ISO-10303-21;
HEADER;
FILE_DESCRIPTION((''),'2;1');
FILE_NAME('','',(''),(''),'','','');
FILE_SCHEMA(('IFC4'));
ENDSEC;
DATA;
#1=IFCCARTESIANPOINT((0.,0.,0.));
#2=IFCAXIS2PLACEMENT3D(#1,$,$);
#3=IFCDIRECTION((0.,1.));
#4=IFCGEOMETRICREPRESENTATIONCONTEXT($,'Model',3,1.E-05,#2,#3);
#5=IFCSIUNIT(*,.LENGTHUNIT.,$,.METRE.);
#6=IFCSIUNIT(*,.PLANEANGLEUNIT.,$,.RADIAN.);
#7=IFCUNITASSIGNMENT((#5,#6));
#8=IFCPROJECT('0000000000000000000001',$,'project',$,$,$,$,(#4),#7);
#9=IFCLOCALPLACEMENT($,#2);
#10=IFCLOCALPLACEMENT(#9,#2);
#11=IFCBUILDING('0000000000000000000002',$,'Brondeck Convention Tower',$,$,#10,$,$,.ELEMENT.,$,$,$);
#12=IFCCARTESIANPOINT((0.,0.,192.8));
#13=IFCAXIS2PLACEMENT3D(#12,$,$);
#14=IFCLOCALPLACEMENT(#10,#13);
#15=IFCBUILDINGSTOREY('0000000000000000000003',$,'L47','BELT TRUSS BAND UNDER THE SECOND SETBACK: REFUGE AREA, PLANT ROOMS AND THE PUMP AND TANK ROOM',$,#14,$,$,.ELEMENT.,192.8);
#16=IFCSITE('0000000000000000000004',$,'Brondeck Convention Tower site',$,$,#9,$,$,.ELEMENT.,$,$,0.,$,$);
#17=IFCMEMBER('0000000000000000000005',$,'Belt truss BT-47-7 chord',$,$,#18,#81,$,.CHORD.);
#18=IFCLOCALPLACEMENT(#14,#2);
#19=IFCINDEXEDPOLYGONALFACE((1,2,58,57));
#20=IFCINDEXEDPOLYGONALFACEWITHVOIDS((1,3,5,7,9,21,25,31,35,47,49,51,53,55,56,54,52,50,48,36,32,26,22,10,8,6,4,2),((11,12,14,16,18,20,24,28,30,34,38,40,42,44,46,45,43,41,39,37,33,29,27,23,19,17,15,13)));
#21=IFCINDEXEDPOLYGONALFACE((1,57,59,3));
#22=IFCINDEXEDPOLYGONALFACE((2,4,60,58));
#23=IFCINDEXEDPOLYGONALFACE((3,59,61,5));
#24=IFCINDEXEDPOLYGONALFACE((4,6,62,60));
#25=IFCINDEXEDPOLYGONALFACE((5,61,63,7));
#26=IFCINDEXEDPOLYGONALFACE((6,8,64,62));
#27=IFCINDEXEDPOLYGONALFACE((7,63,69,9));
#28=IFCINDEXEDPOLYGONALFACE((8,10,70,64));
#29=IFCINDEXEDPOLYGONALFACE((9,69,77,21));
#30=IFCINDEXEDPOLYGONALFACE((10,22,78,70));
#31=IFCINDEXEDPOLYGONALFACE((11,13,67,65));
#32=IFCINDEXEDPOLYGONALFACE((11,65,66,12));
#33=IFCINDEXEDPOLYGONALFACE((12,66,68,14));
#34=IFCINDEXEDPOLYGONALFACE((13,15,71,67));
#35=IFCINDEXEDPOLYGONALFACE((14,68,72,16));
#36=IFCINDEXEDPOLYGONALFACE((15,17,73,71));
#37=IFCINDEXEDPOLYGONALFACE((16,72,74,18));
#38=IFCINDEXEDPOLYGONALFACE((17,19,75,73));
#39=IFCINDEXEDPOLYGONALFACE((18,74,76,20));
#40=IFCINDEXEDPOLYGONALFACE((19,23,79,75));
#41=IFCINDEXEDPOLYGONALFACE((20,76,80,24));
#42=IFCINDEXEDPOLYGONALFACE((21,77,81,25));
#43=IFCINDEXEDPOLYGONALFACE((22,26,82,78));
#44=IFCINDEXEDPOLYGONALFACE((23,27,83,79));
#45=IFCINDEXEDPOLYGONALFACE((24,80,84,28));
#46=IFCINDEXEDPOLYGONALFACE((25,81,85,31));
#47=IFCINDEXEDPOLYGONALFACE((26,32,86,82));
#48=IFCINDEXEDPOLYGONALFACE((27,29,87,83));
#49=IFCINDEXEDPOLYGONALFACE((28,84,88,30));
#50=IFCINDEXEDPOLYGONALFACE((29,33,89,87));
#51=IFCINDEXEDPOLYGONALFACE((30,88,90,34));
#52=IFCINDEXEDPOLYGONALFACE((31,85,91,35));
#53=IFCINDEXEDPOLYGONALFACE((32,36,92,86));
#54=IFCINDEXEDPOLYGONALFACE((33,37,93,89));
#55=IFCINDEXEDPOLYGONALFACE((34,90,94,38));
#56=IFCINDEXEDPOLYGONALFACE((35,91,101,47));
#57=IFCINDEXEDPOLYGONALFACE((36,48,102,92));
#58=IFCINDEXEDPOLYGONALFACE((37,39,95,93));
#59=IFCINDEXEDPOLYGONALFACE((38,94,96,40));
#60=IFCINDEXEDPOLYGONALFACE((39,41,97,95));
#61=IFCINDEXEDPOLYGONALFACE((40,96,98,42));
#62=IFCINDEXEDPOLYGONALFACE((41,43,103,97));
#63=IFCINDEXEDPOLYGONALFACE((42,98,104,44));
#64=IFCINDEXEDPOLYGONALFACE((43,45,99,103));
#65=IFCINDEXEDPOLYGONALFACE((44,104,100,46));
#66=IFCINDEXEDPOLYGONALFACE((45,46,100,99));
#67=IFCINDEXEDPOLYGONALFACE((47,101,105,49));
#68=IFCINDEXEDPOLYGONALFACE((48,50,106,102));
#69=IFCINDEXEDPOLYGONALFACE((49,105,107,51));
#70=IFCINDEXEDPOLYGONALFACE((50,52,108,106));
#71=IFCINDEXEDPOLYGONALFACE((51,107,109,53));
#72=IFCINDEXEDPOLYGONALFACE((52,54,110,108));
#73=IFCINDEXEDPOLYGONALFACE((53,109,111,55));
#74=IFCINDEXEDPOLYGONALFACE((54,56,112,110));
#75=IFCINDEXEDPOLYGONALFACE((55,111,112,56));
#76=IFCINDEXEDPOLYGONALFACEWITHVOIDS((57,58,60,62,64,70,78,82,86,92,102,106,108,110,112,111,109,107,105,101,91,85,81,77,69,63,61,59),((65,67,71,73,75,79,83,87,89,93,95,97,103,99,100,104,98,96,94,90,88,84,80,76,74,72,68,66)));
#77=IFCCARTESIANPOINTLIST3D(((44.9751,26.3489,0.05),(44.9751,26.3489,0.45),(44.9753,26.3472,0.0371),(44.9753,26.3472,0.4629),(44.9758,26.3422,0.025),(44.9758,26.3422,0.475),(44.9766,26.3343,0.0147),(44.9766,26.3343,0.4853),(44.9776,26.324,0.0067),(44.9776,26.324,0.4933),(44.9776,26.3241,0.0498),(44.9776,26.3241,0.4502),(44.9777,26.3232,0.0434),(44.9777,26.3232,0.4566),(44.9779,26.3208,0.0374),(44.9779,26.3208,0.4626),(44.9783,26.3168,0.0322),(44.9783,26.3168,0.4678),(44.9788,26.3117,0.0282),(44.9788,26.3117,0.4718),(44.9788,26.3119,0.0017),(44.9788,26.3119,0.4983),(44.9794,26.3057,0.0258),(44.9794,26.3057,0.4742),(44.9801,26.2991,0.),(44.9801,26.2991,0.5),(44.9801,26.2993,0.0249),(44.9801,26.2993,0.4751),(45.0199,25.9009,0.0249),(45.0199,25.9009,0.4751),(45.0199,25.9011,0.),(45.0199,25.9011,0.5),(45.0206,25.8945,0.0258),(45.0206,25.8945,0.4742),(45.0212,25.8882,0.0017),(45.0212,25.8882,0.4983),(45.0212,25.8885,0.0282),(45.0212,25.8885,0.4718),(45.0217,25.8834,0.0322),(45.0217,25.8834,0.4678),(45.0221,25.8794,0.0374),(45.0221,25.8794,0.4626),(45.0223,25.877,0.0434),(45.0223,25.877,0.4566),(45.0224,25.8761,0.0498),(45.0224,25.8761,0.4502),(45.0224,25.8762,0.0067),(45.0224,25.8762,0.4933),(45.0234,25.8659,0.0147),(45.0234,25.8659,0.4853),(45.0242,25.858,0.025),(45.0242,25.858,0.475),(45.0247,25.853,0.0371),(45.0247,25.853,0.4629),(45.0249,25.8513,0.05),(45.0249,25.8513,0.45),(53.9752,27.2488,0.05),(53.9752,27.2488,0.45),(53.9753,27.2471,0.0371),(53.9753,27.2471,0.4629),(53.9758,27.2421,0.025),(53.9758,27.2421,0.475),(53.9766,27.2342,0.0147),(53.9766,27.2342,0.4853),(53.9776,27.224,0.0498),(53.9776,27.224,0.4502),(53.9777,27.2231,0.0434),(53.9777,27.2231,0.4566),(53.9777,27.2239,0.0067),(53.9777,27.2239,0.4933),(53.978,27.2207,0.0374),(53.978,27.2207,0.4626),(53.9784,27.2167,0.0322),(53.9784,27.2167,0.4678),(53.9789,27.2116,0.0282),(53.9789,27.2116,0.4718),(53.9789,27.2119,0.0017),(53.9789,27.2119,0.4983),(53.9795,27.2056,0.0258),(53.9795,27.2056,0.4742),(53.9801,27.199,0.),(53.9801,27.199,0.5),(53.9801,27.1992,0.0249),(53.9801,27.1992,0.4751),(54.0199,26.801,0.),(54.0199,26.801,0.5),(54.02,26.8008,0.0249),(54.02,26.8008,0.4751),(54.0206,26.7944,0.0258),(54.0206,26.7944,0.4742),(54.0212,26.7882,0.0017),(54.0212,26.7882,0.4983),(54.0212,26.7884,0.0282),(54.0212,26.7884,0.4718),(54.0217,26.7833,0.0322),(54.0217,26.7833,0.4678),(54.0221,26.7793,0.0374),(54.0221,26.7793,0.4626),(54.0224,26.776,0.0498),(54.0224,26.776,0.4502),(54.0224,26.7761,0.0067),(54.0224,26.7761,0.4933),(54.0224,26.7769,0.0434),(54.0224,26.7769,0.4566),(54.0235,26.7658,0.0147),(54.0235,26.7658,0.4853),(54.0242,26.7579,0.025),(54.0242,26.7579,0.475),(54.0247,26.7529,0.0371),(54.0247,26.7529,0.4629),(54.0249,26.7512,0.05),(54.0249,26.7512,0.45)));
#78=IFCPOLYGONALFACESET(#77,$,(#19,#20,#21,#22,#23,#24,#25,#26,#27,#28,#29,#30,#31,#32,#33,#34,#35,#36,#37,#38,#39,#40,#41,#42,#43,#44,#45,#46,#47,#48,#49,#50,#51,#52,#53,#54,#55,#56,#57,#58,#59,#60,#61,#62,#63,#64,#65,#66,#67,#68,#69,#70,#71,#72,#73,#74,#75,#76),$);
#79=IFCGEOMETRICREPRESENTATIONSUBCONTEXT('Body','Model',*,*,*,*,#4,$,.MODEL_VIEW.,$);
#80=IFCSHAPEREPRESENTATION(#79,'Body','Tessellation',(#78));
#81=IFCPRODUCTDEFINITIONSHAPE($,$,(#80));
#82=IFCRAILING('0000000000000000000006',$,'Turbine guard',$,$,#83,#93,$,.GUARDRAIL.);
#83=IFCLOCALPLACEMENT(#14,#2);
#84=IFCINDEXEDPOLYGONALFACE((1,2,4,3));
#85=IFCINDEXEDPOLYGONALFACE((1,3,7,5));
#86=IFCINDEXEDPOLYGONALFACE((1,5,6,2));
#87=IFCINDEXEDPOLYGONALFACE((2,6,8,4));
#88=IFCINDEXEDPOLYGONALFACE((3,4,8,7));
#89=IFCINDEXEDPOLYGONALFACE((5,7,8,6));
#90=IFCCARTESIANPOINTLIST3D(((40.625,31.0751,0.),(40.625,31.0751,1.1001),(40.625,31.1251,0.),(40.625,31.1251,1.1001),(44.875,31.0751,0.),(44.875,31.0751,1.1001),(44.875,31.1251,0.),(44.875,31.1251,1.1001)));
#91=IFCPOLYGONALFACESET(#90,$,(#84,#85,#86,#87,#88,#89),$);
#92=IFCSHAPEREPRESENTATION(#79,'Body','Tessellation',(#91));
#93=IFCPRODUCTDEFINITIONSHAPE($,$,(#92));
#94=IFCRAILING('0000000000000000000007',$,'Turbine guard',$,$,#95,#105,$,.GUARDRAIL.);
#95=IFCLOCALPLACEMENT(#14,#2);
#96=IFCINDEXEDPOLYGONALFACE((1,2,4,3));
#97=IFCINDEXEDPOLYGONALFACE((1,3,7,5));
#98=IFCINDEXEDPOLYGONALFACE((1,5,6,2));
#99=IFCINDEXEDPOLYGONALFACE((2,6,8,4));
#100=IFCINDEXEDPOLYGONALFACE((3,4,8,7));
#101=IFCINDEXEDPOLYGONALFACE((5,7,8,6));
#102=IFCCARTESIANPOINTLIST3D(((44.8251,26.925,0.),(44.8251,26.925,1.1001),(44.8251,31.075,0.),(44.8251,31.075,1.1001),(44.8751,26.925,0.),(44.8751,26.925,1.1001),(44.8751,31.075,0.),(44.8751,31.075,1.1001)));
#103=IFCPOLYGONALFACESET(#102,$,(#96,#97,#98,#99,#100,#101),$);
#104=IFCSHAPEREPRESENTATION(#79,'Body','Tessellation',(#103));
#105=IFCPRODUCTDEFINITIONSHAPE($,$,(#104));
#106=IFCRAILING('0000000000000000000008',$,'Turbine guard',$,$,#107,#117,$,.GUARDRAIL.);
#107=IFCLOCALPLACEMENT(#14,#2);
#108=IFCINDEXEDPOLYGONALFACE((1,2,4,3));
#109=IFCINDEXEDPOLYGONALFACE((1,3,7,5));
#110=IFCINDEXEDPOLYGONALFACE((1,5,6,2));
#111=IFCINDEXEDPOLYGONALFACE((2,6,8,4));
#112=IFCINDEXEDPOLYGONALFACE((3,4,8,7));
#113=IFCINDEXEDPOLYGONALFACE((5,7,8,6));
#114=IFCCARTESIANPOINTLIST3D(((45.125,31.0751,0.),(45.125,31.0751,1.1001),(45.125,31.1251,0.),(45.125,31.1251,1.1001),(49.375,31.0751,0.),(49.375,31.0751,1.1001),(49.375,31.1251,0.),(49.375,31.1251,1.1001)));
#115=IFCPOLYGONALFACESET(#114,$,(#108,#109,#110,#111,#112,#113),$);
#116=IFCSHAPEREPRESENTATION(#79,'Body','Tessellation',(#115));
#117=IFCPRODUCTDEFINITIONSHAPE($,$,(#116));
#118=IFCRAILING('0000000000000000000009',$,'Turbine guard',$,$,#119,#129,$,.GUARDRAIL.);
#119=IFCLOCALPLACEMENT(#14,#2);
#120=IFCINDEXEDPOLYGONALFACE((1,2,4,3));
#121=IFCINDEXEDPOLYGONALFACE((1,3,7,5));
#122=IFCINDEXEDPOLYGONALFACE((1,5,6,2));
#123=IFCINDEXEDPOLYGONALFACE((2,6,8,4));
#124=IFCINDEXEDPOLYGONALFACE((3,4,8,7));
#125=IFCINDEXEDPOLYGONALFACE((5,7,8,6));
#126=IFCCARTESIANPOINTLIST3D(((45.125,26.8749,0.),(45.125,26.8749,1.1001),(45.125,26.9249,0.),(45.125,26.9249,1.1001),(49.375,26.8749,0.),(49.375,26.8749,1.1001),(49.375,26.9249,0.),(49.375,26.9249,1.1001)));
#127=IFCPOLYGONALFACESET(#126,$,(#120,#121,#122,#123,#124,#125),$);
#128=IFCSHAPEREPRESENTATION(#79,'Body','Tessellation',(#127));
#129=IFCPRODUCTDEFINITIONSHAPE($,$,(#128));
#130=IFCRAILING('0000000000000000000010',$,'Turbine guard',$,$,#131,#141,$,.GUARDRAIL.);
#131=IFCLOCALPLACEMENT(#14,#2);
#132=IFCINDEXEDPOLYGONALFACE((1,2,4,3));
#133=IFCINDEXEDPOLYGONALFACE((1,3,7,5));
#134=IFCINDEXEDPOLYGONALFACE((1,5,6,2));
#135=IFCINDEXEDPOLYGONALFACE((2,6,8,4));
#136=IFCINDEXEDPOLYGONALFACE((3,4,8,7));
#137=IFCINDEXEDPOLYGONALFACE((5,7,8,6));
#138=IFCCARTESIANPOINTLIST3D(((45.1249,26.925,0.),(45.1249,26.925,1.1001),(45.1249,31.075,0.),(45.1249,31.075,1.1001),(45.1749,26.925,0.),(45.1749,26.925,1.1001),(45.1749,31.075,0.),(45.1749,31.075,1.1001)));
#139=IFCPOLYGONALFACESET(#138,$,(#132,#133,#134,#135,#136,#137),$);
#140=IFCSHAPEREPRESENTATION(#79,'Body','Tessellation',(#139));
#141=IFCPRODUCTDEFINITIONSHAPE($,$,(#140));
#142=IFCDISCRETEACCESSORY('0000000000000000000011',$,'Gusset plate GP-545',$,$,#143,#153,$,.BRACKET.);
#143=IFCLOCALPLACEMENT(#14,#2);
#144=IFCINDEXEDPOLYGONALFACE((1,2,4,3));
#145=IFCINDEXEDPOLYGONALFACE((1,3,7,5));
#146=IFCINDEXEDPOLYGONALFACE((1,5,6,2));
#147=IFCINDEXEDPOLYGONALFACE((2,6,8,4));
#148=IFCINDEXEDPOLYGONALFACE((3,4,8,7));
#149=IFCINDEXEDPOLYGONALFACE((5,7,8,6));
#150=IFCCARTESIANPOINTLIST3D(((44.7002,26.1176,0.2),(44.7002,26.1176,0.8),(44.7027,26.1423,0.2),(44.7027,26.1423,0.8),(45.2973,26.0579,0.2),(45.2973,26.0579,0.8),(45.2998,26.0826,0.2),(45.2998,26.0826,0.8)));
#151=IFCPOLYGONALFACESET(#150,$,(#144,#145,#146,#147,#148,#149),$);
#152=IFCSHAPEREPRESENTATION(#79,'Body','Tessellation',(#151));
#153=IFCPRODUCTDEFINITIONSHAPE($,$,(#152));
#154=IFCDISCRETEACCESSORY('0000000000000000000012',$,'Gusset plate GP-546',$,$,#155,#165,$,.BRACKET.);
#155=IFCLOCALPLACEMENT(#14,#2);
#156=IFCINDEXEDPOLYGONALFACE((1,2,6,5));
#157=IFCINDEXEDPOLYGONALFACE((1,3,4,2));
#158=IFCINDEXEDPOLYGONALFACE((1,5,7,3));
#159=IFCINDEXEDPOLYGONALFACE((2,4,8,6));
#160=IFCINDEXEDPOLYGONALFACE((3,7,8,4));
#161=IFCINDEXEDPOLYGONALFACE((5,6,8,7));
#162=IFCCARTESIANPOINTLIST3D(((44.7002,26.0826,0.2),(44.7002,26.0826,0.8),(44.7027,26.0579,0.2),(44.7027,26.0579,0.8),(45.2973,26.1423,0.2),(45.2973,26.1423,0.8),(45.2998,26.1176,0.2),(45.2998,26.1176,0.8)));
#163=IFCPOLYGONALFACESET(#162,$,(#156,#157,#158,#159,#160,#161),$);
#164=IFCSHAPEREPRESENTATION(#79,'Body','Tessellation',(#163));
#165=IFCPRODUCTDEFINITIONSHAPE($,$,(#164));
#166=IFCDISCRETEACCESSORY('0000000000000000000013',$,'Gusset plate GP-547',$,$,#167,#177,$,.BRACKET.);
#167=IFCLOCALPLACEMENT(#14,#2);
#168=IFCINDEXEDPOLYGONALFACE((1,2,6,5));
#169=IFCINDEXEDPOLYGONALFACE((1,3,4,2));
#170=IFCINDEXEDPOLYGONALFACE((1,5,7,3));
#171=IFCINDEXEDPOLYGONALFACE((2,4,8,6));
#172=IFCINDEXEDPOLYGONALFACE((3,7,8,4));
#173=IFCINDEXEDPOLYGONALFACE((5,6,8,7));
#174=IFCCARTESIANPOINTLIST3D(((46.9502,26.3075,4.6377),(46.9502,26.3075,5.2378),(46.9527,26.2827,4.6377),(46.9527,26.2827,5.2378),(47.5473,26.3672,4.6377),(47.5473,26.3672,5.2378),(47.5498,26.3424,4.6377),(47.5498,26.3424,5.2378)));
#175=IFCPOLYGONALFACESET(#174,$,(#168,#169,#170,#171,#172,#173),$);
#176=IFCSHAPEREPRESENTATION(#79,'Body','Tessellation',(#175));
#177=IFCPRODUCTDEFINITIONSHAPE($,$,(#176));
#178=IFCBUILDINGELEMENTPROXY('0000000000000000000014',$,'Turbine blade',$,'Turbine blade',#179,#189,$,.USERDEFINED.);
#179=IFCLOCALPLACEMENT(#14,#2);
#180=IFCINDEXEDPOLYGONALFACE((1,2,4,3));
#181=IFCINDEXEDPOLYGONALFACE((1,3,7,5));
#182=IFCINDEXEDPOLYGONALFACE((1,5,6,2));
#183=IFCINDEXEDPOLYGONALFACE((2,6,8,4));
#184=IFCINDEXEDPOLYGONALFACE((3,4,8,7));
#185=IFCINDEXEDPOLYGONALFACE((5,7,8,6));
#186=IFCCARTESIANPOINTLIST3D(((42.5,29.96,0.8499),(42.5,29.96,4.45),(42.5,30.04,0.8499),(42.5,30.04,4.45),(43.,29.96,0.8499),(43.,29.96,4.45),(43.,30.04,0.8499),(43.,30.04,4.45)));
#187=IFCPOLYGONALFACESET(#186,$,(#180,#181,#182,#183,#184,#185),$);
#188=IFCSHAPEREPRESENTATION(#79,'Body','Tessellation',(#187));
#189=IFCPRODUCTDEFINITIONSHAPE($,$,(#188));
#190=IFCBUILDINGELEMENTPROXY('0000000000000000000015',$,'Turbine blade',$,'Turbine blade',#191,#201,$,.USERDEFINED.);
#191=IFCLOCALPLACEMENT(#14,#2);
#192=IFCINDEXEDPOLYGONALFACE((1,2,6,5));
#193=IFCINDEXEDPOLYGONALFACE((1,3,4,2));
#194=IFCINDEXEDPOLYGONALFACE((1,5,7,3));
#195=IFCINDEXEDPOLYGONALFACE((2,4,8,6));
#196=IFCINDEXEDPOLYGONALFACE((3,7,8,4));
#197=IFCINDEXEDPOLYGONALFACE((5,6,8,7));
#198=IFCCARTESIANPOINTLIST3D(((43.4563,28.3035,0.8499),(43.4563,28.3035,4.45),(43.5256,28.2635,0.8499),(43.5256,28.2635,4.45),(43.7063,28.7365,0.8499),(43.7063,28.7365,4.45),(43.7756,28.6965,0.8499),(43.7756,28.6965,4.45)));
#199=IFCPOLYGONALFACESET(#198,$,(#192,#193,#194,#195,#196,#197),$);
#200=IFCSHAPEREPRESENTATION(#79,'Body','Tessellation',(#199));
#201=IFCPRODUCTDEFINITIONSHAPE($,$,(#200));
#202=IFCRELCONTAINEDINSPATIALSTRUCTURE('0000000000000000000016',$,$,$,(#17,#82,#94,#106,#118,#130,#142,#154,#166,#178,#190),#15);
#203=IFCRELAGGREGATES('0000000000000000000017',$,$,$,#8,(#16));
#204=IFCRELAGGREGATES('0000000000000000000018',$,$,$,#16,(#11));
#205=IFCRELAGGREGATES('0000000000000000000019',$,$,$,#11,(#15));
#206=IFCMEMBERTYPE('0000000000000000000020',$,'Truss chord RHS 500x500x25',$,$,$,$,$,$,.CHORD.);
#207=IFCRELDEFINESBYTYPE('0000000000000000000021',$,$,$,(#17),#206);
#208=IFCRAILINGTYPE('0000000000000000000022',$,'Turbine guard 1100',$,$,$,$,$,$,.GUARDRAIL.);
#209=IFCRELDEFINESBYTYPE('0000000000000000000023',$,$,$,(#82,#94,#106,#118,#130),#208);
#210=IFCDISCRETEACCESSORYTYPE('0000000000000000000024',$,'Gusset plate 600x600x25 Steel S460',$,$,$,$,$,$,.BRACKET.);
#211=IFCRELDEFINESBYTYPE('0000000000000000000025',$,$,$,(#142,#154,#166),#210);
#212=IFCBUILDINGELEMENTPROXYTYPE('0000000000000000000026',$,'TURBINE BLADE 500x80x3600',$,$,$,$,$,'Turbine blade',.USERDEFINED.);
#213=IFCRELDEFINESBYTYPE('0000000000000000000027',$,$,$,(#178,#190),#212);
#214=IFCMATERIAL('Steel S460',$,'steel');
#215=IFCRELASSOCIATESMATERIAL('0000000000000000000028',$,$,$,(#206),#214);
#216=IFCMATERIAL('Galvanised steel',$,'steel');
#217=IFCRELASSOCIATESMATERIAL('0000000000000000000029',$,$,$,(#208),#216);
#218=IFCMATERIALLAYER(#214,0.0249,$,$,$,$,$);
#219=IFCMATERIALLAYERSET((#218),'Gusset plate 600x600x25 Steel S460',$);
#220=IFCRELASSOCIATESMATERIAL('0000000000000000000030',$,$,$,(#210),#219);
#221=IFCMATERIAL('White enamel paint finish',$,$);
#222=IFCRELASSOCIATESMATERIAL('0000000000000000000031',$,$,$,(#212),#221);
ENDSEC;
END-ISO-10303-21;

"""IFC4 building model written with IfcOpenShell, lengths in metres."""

from ifc_helpers import new_model, si_unit, direction, frame, origin, origin_2d, place, context, subcontext, project, spatial, rectangle, hollow_rectangle, extrude, material, layer, layer_set, material_profile, profile_set, type_object, element, save


model = new_model("IFC4")

# Units and contexts
model_context = context("Model", 3, precision=1e-05, world=origin(), true_north=direction((0.0, 1.0)))
body_context = subcontext(model_context, "Body", "Model", "MODEL_VIEW")
ifc_project = project(units=[si_unit("LENGTHUNIT", "METRE"), si_unit("PLANEANGLEUNIT", "RADIAN")], contexts=[model_context])

# Site, building, storey
site_placement = place(None, origin())
site = spatial("IfcSite", under=ifc_project, at=site_placement, Name="Brondeck Convention Tower site", CompositionType="ELEMENT", RefElevation=0.0)
building_placement = place(site_placement, origin())
building = spatial("IfcBuilding", under=site, at=building_placement, Name="Brondeck Convention Tower", CompositionType="ELEMENT")
storey_placement = place(building_placement, frame((0.0, 0.0, 192.8)))
storey = spatial("IfcBuildingStorey", under=building, at=storey_placement, Name="L47", Description="BELT TRUSS BAND UNDER THE SECOND SETBACK: REFUGE AREA, PLANT ROOMS AND THE PUMP AND TANK ROOM", CompositionType="ELEMENT", Elevation=192.8)

# Shared definitions
ifc_material_1 = material(Name="Steel S460", Category="steel")

# Member
ifc_material_profile_1 = material_profile(ifc_material_1, hollow_rectangle(XDim=0.5, YDim=0.5, WallThickness=0.0249, InnerFilletRadius=0.0249, OuterFilletRadius=0.05, at=origin_2d()), Name="RHS 500x500x25")
ifc_profile_set_1 = profile_set([ifc_material_profile_1], Name="Steel S460")
member_type_1 = type_object("IfcMemberType", Name="Truss chord RHS 500x500x25", PredefinedType="CHORD", material=ifc_profile_set_1)
member_1_placement = place(storey_placement, frame((45.0, 26.1001, 0.25), z_axis=(0.995038, 0.099493, 0.0), x_axis=(-0.099493, 0.995038, 0.0)))
element("IfcMember", 1, at=member_1_placement, inside=storey, type_object=member_type_1, Name="Belt truss BT-47-7 chord", PredefinedType="CHORD", context=body_context, shape_type="SweptSolid", body=[
    extrude(hollow_rectangle(XDim=0.5, YDim=0.5, WallThickness=0.0249, InnerFilletRadius=0.0249, OuterFilletRadius=0.05, at=origin_2d()), origin(), (0.0, 0.0, 1.0), 9.0449),
])

# Railings
ifc_material_2 = material(Name="Galvanised steel", Category="steel")
railing_type = type_object("IfcRailingType", Name="Turbine guard 1100", PredefinedType="GUARDRAIL", material=ifc_material_2)
railing_1_placement = place(storey_placement, frame((42.75, 31.1001, 0.0), z_axis=(0.0, 0.0, 1.0), x_axis=(1.0, 0.0, 0.0)))
element("IfcRailing", 2, at=railing_1_placement, inside=storey, type_object=railing_type, Name="Turbine guard", PredefinedType="GUARDRAIL", context=body_context, shape_type="SweptSolid", body=[
    extrude(rectangle(XDim=4.25, YDim=0.05, at=origin_2d()), origin(), (0.0, 0.0, 1.0), 1.1001),
])
railing_2_placement = place(storey_placement, frame((44.8501, 29.0, 0.0), z_axis=(0.0, 0.0, 1.0), x_axis=(1.0, 0.0, 0.0)))
element("IfcRailing", 3, at=railing_2_placement, inside=storey, type_object=railing_type, Name="Turbine guard", PredefinedType="GUARDRAIL", context=body_context, shape_type="SweptSolid", body=[
    extrude(rectangle(XDim=0.05, YDim=4.1499, at=origin_2d()), origin(), (0.0, 0.0, 1.0), 1.1001),
])
for number, where, z_axis, x_axis, name in (
    (4, (47.25, 31.1001, 0.0), (0.0, 0.0, 1.0), (1.0, 0.0, 0.0), "Turbine guard"),
    (5, (47.25, 26.8999, 0.0), (0.0, 0.0, 1.0), (1.0, 0.0, 0.0), "Turbine guard"),
):
    element("IfcRailing", number, at=place(storey_placement, frame(where, z_axis=z_axis, x_axis=x_axis)), inside=storey, type_object=railing_type, Name=name, PredefinedType="GUARDRAIL", context=body_context, shape_type="SweptSolid", body=[
        extrude(rectangle(XDim=4.25, YDim=0.05, at=origin_2d()), origin(), (0.0, 0.0, 1.0), 1.1001),
    ])
railing_3_placement = place(storey_placement, frame((45.1499, 29.0, 0.0), z_axis=(0.0, 0.0, 1.0), x_axis=(1.0, 0.0, 0.0)))
element("IfcRailing", 6, at=railing_3_placement, inside=storey, type_object=railing_type, Name="Turbine guard", PredefinedType="GUARDRAIL", context=body_context, shape_type="SweptSolid", body=[
    extrude(rectangle(XDim=0.05, YDim=4.1499, at=origin_2d()), origin(), (0.0, 0.0, 1.0), 1.1001),
])

# Discrete accessories
ifc_layer = layer(ifc_material_1, 0.0249)
ifc_layer_set = layer_set([ifc_layer], Name="Gusset plate 600x600x25 Steel S460")
discrete_accessory_type = type_object("IfcDiscreteAccessoryType", Name="Gusset plate 600x600x25 Steel S460", PredefinedType="BRACKET", material=ifc_layer_set)
for number, where, z_axis, x_axis, name in (
    (7, (45.0, 26.1001, 0.2), (0.0, 0.0, 1.0), (-0.995036, 0.099511, 0.0), "Gusset plate GP-545"),
    (8, (45.0, 26.1001, 0.2), (0.0, 0.0, 1.0), (0.995036, 0.099511, 0.0), "Gusset plate GP-546"),
    (9, (47.25, 26.325, 4.6377), (0.0, 0.0, 1.0), (0.995036, 0.099511, 0.0), "Gusset plate GP-547"),
):
    element("IfcDiscreteAccessory", number, at=place(storey_placement, frame(where, z_axis=z_axis, x_axis=x_axis)), inside=storey, type_object=discrete_accessory_type, Name=name, PredefinedType="BRACKET", context=body_context, shape_type="SweptSolid", body=[
        extrude(rectangle(XDim=0.6001, YDim=0.0249, at=origin_2d()), origin(), (0.0, 0.0, 1.0), 0.6001),
    ])

# Building element proxies
ifc_material_3 = material(Name="White enamel paint finish")
building_element_proxy_type_1 = type_object("IfcBuildingElementProxyType", Name="TURBINE BLADE 500x80x3600", ElementType="Turbine blade", PredefinedType="USERDEFINED", material=ifc_material_3)
for number, where, z_axis, x_axis, name in (
    (10, (42.75, 30.0, 0.8499), (0.0, 0.0, 1.0), (-1.0, 0.0, 0.0), "Turbine blade"),
    (11, (43.616, 28.5, 0.8499), (0.0, 0.0, 1.0), (0.5, 0.866025, 0.0), "Turbine blade"),
):
    element("IfcBuildingElementProxy", number, at=place(storey_placement, frame(where, z_axis=z_axis, x_axis=x_axis)), inside=storey, type_object=building_element_proxy_type_1, Name=name, ObjectType="Turbine blade", PredefinedType="USERDEFINED", context=body_context, shape_type="SweptSolid", body=[
        extrude(rectangle(XDim=0.5, YDim=0.0801, at=origin_2d()), origin(), (0.0, 0.0, 1.0), 3.6001),
    ])

save(model, "model.ifc")
